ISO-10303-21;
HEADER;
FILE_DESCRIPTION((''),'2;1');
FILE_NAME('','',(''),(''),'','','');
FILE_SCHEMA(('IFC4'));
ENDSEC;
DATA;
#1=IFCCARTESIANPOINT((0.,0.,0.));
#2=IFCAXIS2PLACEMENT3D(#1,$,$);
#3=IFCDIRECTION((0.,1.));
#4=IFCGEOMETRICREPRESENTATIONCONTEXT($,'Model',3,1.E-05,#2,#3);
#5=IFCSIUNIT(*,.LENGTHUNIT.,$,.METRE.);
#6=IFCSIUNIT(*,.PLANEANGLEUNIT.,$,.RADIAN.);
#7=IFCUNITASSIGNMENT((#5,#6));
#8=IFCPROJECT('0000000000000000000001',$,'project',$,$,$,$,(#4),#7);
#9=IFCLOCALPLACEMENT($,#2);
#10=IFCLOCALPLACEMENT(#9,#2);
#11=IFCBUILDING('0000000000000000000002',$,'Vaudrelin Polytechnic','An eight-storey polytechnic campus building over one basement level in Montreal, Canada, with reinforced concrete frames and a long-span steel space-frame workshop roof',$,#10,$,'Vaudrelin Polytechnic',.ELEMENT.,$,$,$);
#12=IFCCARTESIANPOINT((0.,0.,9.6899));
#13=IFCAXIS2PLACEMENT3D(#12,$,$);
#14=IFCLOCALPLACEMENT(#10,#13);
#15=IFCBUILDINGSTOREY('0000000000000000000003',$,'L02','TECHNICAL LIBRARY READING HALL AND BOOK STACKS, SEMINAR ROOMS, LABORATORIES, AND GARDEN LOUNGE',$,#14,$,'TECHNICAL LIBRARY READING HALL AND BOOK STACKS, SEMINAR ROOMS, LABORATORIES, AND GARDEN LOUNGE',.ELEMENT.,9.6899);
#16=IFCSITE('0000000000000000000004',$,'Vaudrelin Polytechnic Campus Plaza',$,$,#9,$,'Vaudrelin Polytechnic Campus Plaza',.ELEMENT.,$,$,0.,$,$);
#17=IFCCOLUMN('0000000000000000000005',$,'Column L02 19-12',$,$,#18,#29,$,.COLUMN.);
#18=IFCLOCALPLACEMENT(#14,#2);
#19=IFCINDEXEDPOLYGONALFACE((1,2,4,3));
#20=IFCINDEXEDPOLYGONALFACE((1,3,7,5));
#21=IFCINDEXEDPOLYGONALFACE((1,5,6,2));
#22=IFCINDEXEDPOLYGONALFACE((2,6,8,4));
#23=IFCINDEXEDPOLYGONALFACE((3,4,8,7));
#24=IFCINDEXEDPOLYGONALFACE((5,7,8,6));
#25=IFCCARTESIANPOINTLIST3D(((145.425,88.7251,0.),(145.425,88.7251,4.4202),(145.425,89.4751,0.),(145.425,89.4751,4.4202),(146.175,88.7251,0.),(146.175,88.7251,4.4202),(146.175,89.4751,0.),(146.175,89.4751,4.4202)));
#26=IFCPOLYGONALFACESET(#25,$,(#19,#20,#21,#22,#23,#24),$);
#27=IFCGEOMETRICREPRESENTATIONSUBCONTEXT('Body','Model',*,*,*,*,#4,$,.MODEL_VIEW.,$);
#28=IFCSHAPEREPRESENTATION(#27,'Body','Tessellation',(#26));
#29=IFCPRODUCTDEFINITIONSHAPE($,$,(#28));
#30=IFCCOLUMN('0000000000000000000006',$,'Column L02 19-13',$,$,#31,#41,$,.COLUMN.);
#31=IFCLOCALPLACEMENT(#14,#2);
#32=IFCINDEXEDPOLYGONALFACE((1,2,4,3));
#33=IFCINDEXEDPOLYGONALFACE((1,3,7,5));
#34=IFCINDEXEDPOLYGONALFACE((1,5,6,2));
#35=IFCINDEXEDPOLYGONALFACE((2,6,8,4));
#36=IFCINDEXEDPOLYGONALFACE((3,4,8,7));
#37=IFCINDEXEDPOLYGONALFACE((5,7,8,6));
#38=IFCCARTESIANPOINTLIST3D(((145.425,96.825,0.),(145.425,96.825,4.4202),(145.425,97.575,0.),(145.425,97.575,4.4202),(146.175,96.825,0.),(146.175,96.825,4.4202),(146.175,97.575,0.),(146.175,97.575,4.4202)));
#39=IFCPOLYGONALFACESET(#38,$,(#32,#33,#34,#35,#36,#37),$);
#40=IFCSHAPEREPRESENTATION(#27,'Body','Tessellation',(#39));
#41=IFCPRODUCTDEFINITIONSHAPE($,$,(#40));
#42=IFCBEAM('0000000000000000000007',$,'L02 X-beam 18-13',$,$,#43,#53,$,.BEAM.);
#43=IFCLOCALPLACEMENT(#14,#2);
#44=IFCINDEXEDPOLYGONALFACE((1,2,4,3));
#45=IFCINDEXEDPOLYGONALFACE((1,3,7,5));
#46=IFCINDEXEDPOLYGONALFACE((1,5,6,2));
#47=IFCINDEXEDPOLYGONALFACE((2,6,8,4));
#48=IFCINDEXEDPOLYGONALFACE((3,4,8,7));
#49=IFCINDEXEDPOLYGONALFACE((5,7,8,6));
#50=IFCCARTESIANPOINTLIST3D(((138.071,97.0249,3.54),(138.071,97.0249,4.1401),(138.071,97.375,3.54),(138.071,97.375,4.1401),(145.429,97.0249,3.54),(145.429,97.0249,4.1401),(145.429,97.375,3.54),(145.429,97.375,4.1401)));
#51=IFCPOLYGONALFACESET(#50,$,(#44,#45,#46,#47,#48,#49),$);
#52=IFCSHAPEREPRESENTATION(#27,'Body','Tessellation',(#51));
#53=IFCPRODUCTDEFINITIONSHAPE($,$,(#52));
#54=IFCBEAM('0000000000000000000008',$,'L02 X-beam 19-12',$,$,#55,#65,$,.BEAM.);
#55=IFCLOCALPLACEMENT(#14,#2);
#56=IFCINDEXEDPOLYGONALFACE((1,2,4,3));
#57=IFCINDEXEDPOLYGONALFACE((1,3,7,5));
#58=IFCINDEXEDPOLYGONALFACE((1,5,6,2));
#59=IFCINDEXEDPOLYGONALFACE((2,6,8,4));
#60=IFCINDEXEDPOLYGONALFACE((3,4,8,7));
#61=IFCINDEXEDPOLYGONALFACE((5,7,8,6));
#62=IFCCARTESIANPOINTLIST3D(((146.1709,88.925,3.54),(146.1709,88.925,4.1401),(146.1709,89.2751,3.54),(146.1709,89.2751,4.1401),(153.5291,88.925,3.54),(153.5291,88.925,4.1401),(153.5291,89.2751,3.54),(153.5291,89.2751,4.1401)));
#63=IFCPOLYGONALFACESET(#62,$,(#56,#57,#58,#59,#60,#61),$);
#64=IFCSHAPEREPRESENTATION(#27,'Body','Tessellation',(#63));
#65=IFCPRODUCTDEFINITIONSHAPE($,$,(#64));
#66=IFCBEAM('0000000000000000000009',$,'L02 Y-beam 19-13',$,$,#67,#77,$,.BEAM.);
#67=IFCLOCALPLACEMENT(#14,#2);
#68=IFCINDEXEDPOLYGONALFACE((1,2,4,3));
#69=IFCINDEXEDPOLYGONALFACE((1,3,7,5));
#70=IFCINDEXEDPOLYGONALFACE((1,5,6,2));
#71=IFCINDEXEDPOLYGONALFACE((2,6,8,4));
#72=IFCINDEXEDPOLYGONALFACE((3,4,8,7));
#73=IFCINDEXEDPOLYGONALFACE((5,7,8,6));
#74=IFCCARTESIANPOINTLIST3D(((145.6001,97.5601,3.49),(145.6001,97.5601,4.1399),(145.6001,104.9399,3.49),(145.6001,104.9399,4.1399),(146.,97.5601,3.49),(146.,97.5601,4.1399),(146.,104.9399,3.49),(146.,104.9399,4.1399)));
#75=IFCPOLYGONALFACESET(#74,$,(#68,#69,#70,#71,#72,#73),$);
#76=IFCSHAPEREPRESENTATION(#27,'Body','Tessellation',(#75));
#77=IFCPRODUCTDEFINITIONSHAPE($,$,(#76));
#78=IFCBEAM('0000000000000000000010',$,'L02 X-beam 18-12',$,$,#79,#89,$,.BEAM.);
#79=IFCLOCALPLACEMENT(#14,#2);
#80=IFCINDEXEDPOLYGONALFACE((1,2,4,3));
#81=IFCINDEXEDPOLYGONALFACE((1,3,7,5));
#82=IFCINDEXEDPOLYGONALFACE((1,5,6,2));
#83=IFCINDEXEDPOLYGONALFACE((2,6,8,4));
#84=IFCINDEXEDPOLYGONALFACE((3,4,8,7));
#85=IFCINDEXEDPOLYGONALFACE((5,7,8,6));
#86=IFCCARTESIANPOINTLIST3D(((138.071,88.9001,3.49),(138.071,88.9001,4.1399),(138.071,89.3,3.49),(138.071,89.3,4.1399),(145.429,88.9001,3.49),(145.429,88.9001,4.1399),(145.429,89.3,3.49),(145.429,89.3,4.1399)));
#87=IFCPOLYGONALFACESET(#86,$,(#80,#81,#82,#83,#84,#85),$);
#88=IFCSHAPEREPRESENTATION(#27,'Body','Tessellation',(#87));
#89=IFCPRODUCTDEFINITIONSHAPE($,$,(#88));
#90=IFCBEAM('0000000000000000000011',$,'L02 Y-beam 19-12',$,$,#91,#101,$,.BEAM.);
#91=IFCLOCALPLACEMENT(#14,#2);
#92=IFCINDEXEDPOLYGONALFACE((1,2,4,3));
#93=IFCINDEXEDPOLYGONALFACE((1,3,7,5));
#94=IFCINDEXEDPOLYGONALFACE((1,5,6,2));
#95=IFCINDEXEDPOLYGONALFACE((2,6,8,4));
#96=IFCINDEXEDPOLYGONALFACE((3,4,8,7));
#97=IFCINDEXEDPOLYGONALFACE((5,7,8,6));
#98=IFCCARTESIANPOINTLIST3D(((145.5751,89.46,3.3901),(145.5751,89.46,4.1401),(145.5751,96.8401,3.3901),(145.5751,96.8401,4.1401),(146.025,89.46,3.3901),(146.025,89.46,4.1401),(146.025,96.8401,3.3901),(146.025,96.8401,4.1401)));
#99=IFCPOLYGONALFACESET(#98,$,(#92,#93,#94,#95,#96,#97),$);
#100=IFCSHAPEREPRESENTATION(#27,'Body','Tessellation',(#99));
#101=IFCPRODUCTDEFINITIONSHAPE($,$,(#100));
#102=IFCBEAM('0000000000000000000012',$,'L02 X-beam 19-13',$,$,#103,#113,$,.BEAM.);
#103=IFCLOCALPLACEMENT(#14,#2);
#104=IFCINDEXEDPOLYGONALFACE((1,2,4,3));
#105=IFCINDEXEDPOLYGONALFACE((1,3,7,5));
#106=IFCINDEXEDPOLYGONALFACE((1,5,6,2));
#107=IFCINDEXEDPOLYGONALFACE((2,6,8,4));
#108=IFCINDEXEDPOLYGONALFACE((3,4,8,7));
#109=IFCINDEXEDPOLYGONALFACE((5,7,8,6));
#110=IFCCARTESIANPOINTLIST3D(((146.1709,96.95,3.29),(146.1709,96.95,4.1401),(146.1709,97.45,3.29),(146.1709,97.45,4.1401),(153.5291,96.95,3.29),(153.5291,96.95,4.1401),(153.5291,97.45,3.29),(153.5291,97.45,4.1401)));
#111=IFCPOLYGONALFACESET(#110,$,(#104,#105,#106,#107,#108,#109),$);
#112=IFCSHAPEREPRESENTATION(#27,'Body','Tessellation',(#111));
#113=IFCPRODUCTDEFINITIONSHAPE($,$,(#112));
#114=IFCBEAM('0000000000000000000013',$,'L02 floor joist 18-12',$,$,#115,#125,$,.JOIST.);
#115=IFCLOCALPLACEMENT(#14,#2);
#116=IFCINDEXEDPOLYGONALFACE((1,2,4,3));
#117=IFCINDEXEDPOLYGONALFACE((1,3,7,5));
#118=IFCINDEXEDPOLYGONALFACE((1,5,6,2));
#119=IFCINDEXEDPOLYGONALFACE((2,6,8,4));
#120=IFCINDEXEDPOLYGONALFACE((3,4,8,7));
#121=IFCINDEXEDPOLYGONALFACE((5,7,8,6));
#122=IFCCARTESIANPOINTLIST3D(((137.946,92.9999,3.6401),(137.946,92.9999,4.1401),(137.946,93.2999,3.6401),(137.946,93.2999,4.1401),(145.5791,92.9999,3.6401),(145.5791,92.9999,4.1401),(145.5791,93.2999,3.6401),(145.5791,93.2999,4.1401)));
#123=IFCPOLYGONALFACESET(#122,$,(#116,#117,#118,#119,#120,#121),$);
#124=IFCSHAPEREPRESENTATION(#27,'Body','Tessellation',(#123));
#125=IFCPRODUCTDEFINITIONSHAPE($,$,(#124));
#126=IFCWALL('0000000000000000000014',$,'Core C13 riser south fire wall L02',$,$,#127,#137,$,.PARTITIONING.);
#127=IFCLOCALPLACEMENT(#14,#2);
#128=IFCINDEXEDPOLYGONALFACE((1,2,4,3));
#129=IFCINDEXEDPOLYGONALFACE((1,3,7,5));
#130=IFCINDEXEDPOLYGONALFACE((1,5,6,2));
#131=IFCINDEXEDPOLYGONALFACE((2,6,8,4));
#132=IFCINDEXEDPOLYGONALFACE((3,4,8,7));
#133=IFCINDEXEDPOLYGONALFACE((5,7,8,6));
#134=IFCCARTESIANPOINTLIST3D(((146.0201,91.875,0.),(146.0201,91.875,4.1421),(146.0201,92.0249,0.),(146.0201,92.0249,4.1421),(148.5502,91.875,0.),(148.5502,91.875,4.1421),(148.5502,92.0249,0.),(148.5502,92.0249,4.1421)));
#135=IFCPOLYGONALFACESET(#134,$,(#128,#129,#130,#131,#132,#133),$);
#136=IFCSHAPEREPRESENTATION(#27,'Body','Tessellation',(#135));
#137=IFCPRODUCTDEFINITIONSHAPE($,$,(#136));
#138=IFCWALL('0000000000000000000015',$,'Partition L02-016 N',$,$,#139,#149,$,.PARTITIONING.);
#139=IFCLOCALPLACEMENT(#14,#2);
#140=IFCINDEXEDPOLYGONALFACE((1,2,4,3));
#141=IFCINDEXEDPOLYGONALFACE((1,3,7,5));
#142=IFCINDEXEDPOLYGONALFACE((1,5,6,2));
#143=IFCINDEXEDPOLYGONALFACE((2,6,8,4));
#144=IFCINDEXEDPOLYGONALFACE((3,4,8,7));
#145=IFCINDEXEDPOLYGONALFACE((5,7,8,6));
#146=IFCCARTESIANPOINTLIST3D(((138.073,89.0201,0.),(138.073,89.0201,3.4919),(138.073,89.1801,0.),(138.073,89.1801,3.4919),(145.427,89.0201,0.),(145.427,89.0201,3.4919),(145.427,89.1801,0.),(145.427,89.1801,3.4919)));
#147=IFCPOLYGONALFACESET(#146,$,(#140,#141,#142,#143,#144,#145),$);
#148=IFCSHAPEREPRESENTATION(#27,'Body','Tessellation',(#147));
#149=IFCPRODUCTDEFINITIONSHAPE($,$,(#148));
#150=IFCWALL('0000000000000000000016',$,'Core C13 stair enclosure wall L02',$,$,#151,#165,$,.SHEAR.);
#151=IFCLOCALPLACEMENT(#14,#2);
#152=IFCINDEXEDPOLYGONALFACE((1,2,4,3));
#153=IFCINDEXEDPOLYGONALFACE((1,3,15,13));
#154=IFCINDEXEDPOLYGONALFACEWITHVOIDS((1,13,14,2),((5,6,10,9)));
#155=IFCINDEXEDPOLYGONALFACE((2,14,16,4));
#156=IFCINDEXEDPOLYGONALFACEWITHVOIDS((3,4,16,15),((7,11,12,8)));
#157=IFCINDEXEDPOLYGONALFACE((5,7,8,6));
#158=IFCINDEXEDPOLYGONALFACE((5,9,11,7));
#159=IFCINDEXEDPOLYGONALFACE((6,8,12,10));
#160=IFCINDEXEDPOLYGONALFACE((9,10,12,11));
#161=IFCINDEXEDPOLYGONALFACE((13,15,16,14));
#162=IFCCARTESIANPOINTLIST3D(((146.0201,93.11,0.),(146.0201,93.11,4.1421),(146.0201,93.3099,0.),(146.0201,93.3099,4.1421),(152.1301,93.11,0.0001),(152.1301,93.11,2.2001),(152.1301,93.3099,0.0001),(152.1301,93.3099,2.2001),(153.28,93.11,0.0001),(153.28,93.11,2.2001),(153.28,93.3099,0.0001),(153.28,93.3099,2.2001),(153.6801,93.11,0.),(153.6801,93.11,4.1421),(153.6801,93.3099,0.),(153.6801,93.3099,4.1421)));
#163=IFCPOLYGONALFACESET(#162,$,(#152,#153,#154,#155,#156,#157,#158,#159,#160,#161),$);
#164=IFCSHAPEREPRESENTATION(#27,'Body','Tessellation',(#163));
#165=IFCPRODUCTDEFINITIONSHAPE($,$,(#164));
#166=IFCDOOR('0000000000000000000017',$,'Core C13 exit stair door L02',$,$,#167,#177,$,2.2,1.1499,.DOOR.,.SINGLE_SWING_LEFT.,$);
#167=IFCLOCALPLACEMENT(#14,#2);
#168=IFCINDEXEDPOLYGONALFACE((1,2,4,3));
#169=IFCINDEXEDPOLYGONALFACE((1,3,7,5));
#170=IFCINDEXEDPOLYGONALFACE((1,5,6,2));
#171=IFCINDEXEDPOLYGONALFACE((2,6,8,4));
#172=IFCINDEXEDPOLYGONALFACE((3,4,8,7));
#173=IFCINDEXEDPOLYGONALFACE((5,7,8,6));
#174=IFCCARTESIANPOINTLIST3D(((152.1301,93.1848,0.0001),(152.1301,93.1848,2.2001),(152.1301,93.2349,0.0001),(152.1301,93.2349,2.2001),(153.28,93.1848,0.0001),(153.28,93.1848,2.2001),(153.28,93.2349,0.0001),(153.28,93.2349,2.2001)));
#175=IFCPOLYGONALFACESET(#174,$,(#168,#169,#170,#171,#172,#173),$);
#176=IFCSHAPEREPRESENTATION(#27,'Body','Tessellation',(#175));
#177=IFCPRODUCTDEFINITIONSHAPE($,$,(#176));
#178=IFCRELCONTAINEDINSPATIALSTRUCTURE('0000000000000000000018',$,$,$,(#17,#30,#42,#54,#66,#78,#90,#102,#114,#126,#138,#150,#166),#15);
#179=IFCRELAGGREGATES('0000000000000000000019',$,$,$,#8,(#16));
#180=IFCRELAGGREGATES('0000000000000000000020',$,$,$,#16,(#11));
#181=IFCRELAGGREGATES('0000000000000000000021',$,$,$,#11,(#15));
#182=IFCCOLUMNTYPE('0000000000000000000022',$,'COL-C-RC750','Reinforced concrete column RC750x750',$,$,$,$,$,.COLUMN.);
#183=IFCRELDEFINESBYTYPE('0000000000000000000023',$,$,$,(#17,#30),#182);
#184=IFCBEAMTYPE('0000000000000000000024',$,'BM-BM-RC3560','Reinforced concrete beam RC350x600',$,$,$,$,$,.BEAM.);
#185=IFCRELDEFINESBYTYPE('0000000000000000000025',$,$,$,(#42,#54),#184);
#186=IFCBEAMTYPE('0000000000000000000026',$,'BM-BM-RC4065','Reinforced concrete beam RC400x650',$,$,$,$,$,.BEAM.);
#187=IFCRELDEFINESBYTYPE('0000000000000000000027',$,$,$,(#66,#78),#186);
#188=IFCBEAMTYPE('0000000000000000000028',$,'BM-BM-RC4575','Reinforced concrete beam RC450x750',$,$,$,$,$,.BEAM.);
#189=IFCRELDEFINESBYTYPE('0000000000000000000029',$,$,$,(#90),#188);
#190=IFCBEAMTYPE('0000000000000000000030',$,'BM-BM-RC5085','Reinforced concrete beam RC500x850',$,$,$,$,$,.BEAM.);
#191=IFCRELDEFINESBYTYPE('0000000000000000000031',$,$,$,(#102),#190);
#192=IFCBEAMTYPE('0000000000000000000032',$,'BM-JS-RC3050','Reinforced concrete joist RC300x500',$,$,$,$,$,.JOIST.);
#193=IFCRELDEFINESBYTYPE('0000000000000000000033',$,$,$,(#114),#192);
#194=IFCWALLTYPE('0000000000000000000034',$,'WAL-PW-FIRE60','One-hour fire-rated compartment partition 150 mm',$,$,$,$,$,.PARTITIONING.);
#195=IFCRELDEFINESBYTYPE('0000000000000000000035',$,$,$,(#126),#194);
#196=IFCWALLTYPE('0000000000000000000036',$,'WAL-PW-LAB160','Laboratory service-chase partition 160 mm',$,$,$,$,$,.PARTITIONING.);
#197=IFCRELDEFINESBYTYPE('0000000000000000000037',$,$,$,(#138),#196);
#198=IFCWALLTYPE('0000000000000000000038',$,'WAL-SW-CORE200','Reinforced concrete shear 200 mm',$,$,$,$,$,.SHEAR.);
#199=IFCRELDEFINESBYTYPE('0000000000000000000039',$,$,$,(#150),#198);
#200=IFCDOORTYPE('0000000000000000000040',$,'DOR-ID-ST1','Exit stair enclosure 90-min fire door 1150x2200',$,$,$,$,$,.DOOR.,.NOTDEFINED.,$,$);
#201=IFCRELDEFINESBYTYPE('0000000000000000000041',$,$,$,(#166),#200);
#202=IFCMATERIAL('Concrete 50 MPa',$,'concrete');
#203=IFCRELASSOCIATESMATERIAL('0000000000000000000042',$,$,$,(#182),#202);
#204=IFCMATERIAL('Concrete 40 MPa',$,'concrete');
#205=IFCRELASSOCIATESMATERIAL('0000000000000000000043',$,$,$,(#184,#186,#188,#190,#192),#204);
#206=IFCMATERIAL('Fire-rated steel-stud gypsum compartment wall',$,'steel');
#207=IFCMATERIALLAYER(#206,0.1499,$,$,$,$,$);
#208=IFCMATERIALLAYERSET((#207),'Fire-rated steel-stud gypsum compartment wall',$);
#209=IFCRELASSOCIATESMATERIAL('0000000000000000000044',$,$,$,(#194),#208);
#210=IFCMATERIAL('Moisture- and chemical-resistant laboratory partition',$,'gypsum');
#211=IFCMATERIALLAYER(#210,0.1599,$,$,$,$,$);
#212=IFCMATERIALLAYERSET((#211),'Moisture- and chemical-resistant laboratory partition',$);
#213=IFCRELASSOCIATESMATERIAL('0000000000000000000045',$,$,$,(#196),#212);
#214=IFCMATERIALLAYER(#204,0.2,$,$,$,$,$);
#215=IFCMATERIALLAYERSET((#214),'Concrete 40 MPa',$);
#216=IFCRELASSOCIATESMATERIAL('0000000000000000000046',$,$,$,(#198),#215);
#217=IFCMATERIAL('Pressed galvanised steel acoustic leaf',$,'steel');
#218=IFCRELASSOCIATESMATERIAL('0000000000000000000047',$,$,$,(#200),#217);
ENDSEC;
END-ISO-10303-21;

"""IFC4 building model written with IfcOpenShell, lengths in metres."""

from ifc_helpers import new_model, si_unit, direction, frame, frame_2d, origin, origin_2d, place, context, subcontext, project, spatial, rectangle, extrude, material, layer, layer_set, material_profile, profile_set, type_object, element, fill, save


model = new_model("IFC4")

# Units and contexts
model_context = context("Model", 3, precision=1e-05, world=origin(), true_north=direction((0.0, 1.0)))
body_context = subcontext(model_context, "Body", "Model", "MODEL_VIEW")
ifc_project = project(units=[si_unit("LENGTHUNIT", "METRE"), si_unit("PLANEANGLEUNIT", "RADIAN")], contexts=[model_context])

# Site, building, storey
site_placement = place(None, origin())
site = spatial("IfcSite", under=ifc_project, at=site_placement, Name="Vaudrelin Polytechnic Campus Plaza", LongName="Vaudrelin Polytechnic Campus Plaza", CompositionType="ELEMENT", RefElevation=0.0)
building_placement = place(site_placement, origin())
building = spatial("IfcBuilding", under=site, at=building_placement, Name="Vaudrelin Polytechnic", Description="An eight-storey polytechnic campus building over one basement level in Montreal, Canada, with reinforced concrete frames and a long-span steel space-frame workshop roof", LongName="Vaudrelin Polytechnic", CompositionType="ELEMENT")
storey_placement = place(building_placement, frame((0.0, 0.0, 9.6899)))
storey = spatial("IfcBuildingStorey", under=building, at=storey_placement, Name="L02", Description="TECHNICAL LIBRARY READING HALL AND BOOK STACKS, SEMINAR ROOMS, LABORATORIES, AND GARDEN LOUNGE", LongName="TECHNICAL LIBRARY READING HALL AND BOOK STACKS, SEMINAR ROOMS, LABORATORIES, AND GARDEN LOUNGE", CompositionType="ELEMENT", Elevation=9.6899)

# Columns
ifc_material_1 = material(Name="Concrete 50 MPa", Category="concrete")
ifc_material_profile_1 = material_profile(ifc_material_1, rectangle(XDim=0.75, YDim=0.75, at=origin_2d()), Name="RC750x750")
ifc_profile_set_1 = profile_set([ifc_material_profile_1], Name="Concrete 50 MPa")
column_type = type_object("IfcColumnType", Name="COL-C-RC750", Description="Reinforced concrete column RC750x750", PredefinedType="COLUMN", material=ifc_profile_set_1)
for number, where, z_axis, x_axis, name in (
    (1, (145.8, 89.1001, 0.0), (0.0, 0.0, 1.0), (1.0, 0.0, 0.0), "Column L02 19-12"),
    (2, (145.8, 97.2, 0.0), (0.0, 0.0, 1.0), (1.0, 0.0, 0.0), "Column L02 19-13"),
):
    element("IfcColumn", number, at=place(storey_placement, frame(where, z_axis=z_axis, x_axis=x_axis)), inside=storey, type_object=column_type, Name=name, PredefinedType="COLUMN", context=body_context, shape_type="SweptSolid", body=[
        extrude(rectangle(XDim=0.75, YDim=0.75, at=origin_2d()), origin(), (0.0, 0.0, 1.0), 4.4202),
    ])

# Beams
ifc_material_2 = material(Name="Concrete 40 MPa", Category="concrete")
ifc_material_profile_2 = material_profile(ifc_material_2, rectangle(XDim=0.3501, YDim=0.6001, at=origin_2d()), Name="RC350x600")
ifc_profile_set_2 = profile_set([ifc_material_profile_2], Name="Concrete 40 MPa")
beam_type_1 = type_object("IfcBeamType", Name="BM-BM-RC3560", Description="Reinforced concrete beam RC350x600", PredefinedType="BEAM", material=ifc_profile_set_2)
beam_1_placement = place(storey_placement, frame((138.071, 97.2, 3.8401), z_axis=(1.0, 0.0, 0.0), x_axis=(0.0, 1.0, 0.0)))
element("IfcBeam", 3, at=beam_1_placement, inside=storey, type_object=beam_type_1, Name="L02 X-beam 18-13", PredefinedType="BEAM", context=body_context, shape_type="SweptSolid", body=[
    extrude(rectangle(XDim=0.3501, YDim=0.6001, at=origin_2d()), origin(), (0.0, 0.0, 1.0), 7.3579),
])
beam_2_placement = place(storey_placement, frame((146.1709, 89.1001, 3.8401), z_axis=(1.0, 0.0, 0.0), x_axis=(0.0, 1.0, 0.0)))
element("IfcBeam", 4, at=beam_2_placement, inside=storey, type_object=beam_type_1, Name="L02 X-beam 19-12", PredefinedType="BEAM", context=body_context, shape_type="SweptSolid", body=[
    extrude(rectangle(XDim=0.3501, YDim=0.6001, at=origin_2d()), origin(), (0.0, 0.0, 1.0), 7.3582),
])
ifc_material_profile_3 = material_profile(ifc_material_2, rectangle(XDim=0.3999, YDim=0.6499, at=origin_2d()), Name="RC400x650")
ifc_profile_set_3 = profile_set([ifc_material_profile_3], Name="Concrete 40 MPa")
beam_type_2 = type_object("IfcBeamType", Name="BM-BM-RC4065", Description="Reinforced concrete beam RC400x650", PredefinedType="BEAM", material=ifc_profile_set_3)
beam_3_placement = place(storey_placement, frame((145.8, 97.5601, 3.8149), z_axis=(0.0, 1.0, 0.0), x_axis=(-1.0, 0.0, 0.0)))
element("IfcBeam", 5, at=beam_3_placement, inside=storey, type_object=beam_type_2, Name="L02 Y-beam 19-13", PredefinedType="BEAM", context=body_context, shape_type="SweptSolid", body=[
    extrude(rectangle(XDim=0.3999, YDim=0.6499, at=origin_2d()), origin(), (0.0, 0.0, 1.0), 7.3799),
])
beam_4_placement = place(storey_placement, frame((138.071, 89.1001, 3.8149), z_axis=(1.0, 0.0, 0.0), x_axis=(0.0, 1.0, 0.0)))
element("IfcBeam", 6, at=beam_4_placement, inside=storey, type_object=beam_type_2, Name="L02 X-beam 18-12", PredefinedType="BEAM", context=body_context, shape_type="SweptSolid", body=[
    extrude(rectangle(XDim=0.3999, YDim=0.6499, at=origin_2d()), origin(), (0.0, 0.0, 1.0), 7.3579),
])
ifc_material_profile_4 = material_profile(ifc_material_2, rectangle(XDim=0.45, YDim=0.75, at=origin_2d()), Name="RC450x750")
ifc_profile_set_4 = profile_set([ifc_material_profile_4], Name="Concrete 40 MPa")
beam_type_3 = type_object("IfcBeamType", Name="BM-BM-RC4575", Description="Reinforced concrete beam RC450x750", PredefinedType="BEAM", material=ifc_profile_set_4)
beam_5_placement = place(storey_placement, frame((145.8, 89.46, 3.7651), z_axis=(0.0, 1.0, 0.0), x_axis=(-1.0, 0.0, 0.0)))
element("IfcBeam", 7, at=beam_5_placement, inside=storey, type_object=beam_type_3, Name="L02 Y-beam 19-12", PredefinedType="BEAM", context=body_context, shape_type="SweptSolid", body=[
    extrude(rectangle(XDim=0.45, YDim=0.75, at=origin_2d()), origin(), (0.0, 0.0, 1.0), 7.3801),
])
ifc_material_profile_5 = material_profile(ifc_material_2, rectangle(XDim=0.5, YDim=0.8501, at=origin_2d()), Name="RC500x850")
ifc_profile_set_5 = profile_set([ifc_material_profile_5], Name="Concrete 40 MPa")
beam_type_4 = type_object("IfcBeamType", Name="BM-BM-RC5085", Description="Reinforced concrete beam RC500x850", PredefinedType="BEAM", material=ifc_profile_set_5)
beam_6_placement = place(storey_placement, frame((146.1709, 97.2, 3.7151), z_axis=(1.0, 0.0, 0.0), x_axis=(0.0, 1.0, 0.0)))
element("IfcBeam", 8, at=beam_6_placement, inside=storey, type_object=beam_type_4, Name="L02 X-beam 19-13", PredefinedType="BEAM", context=body_context, shape_type="SweptSolid", body=[
    extrude(rectangle(XDim=0.5, YDim=0.8501, at=origin_2d()), origin(), (0.0, 0.0, 1.0), 7.3582),
])
ifc_material_profile_6 = material_profile(ifc_material_2, rectangle(XDim=0.3, YDim=0.5, at=origin_2d()), Name="RC300x500")
ifc_profile_set_6 = profile_set([ifc_material_profile_6], Name="Concrete 40 MPa")
beam_type_5 = type_object("IfcBeamType", Name="BM-JS-RC3050", Description="Reinforced concrete joist RC300x500", PredefinedType="JOIST", material=ifc_profile_set_6)
beam_7_placement = place(storey_placement, frame((137.946, 93.1499, 3.8901), z_axis=(1.0, 0.0, 0.0), x_axis=(0.0, 1.0, 0.0)))
element("IfcBeam", 9, at=beam_7_placement, inside=storey, type_object=beam_type_5, Name="L02 floor joist 18-12", PredefinedType="JOIST", context=body_context, shape_type="SweptSolid", body=[
    extrude(rectangle(XDim=0.3, YDim=0.5, at=origin_2d()), origin(), (0.0, 0.0, 1.0), 7.6331),
])

# Walls
ifc_material_3 = material(Name="Fire-rated steel-stud gypsum compartment wall", Category="steel")
ifc_layer_1 = layer(ifc_material_3, 0.1499)
ifc_layer_set_1 = layer_set([ifc_layer_1], Name="Fire-rated steel-stud gypsum compartment wall")
wall_type_1 = type_object("IfcWallType", Name="WAL-PW-FIRE60", Description="One-hour fire-rated compartment partition 150 mm", PredefinedType="PARTITIONING", material=ifc_layer_set_1)
wall_1_placement = place(storey_placement, frame((146.02, 91.95, 0.0), z_axis=(0.0, 0.0, 1.0), x_axis=(1.0, 0.0, 0.0)))
element("IfcWall", 10, at=wall_1_placement, inside=storey, type_object=wall_type_1, Name="Core C13 riser south fire wall L02", PredefinedType="PARTITIONING", context=body_context, shape_type="SweptSolid", body=[
    extrude(rectangle(XDim=2.53, YDim=0.1499, at=frame_2d((1.2651, 0.0))), origin(), (0.0, 0.0, 1.0), 4.1421),
])
ifc_material_4 = material(Name="Moisture- and chemical-resistant laboratory partition", Category="gypsum")
ifc_layer_2 = layer(ifc_material_4, 0.1599)
ifc_layer_set_2 = layer_set([ifc_layer_2], Name="Moisture- and chemical-resistant laboratory partition")
wall_type_2 = type_object("IfcWallType", Name="WAL-PW-LAB160", Description="Laboratory service-chase partition 160 mm", PredefinedType="PARTITIONING", material=ifc_layer_set_2)
wall_2_placement = place(storey_placement, frame((138.073, 89.1001, 0.0), z_axis=(0.0, 0.0, 1.0), x_axis=(1.0, 0.0, 0.0)))
element("IfcWall", 11, at=wall_2_placement, inside=storey, type_object=wall_type_2, Name="Partition L02-016 N", PredefinedType="PARTITIONING", context=body_context, shape_type="SweptSolid", body=[
    extrude(rectangle(XDim=7.354, YDim=0.1599, at=frame_2d((3.677, 0.0))), origin(), (0.0, 0.0, 1.0), 3.4919),
])

# Wall, opening, door
ifc_layer_3 = layer(ifc_material_2, 0.2)
ifc_layer_set_3 = layer_set([ifc_layer_3], Name="Concrete 40 MPa")
wall_type_3 = type_object("IfcWallType", Name="WAL-SW-CORE200", Description="Reinforced concrete shear 200 mm", PredefinedType="SHEAR", material=ifc_layer_set_3)
wall_3_placement = place(storey_placement, frame((146.02, 93.21, 0.0), z_axis=(0.0, 0.0, 1.0), x_axis=(1.0, 0.0, 0.0)))
wall_3 = element("IfcWall", 12, at=wall_3_placement, inside=storey, type_object=wall_type_3, Name="Core C13 stair enclosure wall L02", PredefinedType="SHEAR", context=body_context, shape_type="SweptSolid", body=[
    extrude(rectangle(XDim=7.6599, YDim=0.2, at=frame_2d((3.8301, 0.0))), origin(), (0.0, 0.0, 1.0), 4.1421),
])
opening_placement = place(wall_3_placement, frame((6.1101, 0.0, 0.0)))
opening = element("IfcOpeningElement", 13, at=opening_placement, cuts=wall_3, PredefinedType="OPENING", context=body_context, shape_type="SweptSolid", body=[
    extrude(rectangle(XDim=1.1499, YDim=2.2, at=frame_2d((0.575, 1.1001))), frame((0.0, 0.1099, 0.0), z_axis=(0.0, -1.0, 0.0), x_axis=(1.0, 0.0, 0.0)), (0.0, 0.0, 1.0), 0.22),
])
ifc_material_5 = material(Name="Pressed galvanised steel acoustic leaf", Category="steel")
door_type = type_object("IfcDoorType", Name="DOR-ID-ST1", Description="Exit stair enclosure 90-min fire door 1150x2200", OperationType="NOTDEFINED", PredefinedType="DOOR", material=ifc_material_5)
door_placement = place(opening_placement, origin())
door = element("IfcDoor", 14, at=door_placement, inside=storey, type_object=door_type, Name="Core C13 exit stair door L02", OperationType="SINGLE_SWING_LEFT", OverallHeight=2.2, OverallWidth=1.1499, PredefinedType="DOOR", context=body_context, shape_type="SweptSolid", body=[
    extrude(rectangle(XDim=1.1499, YDim=2.2, at=frame_2d((0.575, 1.1001))), frame((0.0, 0.0249, 0.0), z_axis=(0.0, -1.0, 0.0), x_axis=(1.0, 0.0, 0.0)), (0.0, 0.0, 1.0), 0.05),
])
fill(opening, door)

save(model, "model.ifc")
